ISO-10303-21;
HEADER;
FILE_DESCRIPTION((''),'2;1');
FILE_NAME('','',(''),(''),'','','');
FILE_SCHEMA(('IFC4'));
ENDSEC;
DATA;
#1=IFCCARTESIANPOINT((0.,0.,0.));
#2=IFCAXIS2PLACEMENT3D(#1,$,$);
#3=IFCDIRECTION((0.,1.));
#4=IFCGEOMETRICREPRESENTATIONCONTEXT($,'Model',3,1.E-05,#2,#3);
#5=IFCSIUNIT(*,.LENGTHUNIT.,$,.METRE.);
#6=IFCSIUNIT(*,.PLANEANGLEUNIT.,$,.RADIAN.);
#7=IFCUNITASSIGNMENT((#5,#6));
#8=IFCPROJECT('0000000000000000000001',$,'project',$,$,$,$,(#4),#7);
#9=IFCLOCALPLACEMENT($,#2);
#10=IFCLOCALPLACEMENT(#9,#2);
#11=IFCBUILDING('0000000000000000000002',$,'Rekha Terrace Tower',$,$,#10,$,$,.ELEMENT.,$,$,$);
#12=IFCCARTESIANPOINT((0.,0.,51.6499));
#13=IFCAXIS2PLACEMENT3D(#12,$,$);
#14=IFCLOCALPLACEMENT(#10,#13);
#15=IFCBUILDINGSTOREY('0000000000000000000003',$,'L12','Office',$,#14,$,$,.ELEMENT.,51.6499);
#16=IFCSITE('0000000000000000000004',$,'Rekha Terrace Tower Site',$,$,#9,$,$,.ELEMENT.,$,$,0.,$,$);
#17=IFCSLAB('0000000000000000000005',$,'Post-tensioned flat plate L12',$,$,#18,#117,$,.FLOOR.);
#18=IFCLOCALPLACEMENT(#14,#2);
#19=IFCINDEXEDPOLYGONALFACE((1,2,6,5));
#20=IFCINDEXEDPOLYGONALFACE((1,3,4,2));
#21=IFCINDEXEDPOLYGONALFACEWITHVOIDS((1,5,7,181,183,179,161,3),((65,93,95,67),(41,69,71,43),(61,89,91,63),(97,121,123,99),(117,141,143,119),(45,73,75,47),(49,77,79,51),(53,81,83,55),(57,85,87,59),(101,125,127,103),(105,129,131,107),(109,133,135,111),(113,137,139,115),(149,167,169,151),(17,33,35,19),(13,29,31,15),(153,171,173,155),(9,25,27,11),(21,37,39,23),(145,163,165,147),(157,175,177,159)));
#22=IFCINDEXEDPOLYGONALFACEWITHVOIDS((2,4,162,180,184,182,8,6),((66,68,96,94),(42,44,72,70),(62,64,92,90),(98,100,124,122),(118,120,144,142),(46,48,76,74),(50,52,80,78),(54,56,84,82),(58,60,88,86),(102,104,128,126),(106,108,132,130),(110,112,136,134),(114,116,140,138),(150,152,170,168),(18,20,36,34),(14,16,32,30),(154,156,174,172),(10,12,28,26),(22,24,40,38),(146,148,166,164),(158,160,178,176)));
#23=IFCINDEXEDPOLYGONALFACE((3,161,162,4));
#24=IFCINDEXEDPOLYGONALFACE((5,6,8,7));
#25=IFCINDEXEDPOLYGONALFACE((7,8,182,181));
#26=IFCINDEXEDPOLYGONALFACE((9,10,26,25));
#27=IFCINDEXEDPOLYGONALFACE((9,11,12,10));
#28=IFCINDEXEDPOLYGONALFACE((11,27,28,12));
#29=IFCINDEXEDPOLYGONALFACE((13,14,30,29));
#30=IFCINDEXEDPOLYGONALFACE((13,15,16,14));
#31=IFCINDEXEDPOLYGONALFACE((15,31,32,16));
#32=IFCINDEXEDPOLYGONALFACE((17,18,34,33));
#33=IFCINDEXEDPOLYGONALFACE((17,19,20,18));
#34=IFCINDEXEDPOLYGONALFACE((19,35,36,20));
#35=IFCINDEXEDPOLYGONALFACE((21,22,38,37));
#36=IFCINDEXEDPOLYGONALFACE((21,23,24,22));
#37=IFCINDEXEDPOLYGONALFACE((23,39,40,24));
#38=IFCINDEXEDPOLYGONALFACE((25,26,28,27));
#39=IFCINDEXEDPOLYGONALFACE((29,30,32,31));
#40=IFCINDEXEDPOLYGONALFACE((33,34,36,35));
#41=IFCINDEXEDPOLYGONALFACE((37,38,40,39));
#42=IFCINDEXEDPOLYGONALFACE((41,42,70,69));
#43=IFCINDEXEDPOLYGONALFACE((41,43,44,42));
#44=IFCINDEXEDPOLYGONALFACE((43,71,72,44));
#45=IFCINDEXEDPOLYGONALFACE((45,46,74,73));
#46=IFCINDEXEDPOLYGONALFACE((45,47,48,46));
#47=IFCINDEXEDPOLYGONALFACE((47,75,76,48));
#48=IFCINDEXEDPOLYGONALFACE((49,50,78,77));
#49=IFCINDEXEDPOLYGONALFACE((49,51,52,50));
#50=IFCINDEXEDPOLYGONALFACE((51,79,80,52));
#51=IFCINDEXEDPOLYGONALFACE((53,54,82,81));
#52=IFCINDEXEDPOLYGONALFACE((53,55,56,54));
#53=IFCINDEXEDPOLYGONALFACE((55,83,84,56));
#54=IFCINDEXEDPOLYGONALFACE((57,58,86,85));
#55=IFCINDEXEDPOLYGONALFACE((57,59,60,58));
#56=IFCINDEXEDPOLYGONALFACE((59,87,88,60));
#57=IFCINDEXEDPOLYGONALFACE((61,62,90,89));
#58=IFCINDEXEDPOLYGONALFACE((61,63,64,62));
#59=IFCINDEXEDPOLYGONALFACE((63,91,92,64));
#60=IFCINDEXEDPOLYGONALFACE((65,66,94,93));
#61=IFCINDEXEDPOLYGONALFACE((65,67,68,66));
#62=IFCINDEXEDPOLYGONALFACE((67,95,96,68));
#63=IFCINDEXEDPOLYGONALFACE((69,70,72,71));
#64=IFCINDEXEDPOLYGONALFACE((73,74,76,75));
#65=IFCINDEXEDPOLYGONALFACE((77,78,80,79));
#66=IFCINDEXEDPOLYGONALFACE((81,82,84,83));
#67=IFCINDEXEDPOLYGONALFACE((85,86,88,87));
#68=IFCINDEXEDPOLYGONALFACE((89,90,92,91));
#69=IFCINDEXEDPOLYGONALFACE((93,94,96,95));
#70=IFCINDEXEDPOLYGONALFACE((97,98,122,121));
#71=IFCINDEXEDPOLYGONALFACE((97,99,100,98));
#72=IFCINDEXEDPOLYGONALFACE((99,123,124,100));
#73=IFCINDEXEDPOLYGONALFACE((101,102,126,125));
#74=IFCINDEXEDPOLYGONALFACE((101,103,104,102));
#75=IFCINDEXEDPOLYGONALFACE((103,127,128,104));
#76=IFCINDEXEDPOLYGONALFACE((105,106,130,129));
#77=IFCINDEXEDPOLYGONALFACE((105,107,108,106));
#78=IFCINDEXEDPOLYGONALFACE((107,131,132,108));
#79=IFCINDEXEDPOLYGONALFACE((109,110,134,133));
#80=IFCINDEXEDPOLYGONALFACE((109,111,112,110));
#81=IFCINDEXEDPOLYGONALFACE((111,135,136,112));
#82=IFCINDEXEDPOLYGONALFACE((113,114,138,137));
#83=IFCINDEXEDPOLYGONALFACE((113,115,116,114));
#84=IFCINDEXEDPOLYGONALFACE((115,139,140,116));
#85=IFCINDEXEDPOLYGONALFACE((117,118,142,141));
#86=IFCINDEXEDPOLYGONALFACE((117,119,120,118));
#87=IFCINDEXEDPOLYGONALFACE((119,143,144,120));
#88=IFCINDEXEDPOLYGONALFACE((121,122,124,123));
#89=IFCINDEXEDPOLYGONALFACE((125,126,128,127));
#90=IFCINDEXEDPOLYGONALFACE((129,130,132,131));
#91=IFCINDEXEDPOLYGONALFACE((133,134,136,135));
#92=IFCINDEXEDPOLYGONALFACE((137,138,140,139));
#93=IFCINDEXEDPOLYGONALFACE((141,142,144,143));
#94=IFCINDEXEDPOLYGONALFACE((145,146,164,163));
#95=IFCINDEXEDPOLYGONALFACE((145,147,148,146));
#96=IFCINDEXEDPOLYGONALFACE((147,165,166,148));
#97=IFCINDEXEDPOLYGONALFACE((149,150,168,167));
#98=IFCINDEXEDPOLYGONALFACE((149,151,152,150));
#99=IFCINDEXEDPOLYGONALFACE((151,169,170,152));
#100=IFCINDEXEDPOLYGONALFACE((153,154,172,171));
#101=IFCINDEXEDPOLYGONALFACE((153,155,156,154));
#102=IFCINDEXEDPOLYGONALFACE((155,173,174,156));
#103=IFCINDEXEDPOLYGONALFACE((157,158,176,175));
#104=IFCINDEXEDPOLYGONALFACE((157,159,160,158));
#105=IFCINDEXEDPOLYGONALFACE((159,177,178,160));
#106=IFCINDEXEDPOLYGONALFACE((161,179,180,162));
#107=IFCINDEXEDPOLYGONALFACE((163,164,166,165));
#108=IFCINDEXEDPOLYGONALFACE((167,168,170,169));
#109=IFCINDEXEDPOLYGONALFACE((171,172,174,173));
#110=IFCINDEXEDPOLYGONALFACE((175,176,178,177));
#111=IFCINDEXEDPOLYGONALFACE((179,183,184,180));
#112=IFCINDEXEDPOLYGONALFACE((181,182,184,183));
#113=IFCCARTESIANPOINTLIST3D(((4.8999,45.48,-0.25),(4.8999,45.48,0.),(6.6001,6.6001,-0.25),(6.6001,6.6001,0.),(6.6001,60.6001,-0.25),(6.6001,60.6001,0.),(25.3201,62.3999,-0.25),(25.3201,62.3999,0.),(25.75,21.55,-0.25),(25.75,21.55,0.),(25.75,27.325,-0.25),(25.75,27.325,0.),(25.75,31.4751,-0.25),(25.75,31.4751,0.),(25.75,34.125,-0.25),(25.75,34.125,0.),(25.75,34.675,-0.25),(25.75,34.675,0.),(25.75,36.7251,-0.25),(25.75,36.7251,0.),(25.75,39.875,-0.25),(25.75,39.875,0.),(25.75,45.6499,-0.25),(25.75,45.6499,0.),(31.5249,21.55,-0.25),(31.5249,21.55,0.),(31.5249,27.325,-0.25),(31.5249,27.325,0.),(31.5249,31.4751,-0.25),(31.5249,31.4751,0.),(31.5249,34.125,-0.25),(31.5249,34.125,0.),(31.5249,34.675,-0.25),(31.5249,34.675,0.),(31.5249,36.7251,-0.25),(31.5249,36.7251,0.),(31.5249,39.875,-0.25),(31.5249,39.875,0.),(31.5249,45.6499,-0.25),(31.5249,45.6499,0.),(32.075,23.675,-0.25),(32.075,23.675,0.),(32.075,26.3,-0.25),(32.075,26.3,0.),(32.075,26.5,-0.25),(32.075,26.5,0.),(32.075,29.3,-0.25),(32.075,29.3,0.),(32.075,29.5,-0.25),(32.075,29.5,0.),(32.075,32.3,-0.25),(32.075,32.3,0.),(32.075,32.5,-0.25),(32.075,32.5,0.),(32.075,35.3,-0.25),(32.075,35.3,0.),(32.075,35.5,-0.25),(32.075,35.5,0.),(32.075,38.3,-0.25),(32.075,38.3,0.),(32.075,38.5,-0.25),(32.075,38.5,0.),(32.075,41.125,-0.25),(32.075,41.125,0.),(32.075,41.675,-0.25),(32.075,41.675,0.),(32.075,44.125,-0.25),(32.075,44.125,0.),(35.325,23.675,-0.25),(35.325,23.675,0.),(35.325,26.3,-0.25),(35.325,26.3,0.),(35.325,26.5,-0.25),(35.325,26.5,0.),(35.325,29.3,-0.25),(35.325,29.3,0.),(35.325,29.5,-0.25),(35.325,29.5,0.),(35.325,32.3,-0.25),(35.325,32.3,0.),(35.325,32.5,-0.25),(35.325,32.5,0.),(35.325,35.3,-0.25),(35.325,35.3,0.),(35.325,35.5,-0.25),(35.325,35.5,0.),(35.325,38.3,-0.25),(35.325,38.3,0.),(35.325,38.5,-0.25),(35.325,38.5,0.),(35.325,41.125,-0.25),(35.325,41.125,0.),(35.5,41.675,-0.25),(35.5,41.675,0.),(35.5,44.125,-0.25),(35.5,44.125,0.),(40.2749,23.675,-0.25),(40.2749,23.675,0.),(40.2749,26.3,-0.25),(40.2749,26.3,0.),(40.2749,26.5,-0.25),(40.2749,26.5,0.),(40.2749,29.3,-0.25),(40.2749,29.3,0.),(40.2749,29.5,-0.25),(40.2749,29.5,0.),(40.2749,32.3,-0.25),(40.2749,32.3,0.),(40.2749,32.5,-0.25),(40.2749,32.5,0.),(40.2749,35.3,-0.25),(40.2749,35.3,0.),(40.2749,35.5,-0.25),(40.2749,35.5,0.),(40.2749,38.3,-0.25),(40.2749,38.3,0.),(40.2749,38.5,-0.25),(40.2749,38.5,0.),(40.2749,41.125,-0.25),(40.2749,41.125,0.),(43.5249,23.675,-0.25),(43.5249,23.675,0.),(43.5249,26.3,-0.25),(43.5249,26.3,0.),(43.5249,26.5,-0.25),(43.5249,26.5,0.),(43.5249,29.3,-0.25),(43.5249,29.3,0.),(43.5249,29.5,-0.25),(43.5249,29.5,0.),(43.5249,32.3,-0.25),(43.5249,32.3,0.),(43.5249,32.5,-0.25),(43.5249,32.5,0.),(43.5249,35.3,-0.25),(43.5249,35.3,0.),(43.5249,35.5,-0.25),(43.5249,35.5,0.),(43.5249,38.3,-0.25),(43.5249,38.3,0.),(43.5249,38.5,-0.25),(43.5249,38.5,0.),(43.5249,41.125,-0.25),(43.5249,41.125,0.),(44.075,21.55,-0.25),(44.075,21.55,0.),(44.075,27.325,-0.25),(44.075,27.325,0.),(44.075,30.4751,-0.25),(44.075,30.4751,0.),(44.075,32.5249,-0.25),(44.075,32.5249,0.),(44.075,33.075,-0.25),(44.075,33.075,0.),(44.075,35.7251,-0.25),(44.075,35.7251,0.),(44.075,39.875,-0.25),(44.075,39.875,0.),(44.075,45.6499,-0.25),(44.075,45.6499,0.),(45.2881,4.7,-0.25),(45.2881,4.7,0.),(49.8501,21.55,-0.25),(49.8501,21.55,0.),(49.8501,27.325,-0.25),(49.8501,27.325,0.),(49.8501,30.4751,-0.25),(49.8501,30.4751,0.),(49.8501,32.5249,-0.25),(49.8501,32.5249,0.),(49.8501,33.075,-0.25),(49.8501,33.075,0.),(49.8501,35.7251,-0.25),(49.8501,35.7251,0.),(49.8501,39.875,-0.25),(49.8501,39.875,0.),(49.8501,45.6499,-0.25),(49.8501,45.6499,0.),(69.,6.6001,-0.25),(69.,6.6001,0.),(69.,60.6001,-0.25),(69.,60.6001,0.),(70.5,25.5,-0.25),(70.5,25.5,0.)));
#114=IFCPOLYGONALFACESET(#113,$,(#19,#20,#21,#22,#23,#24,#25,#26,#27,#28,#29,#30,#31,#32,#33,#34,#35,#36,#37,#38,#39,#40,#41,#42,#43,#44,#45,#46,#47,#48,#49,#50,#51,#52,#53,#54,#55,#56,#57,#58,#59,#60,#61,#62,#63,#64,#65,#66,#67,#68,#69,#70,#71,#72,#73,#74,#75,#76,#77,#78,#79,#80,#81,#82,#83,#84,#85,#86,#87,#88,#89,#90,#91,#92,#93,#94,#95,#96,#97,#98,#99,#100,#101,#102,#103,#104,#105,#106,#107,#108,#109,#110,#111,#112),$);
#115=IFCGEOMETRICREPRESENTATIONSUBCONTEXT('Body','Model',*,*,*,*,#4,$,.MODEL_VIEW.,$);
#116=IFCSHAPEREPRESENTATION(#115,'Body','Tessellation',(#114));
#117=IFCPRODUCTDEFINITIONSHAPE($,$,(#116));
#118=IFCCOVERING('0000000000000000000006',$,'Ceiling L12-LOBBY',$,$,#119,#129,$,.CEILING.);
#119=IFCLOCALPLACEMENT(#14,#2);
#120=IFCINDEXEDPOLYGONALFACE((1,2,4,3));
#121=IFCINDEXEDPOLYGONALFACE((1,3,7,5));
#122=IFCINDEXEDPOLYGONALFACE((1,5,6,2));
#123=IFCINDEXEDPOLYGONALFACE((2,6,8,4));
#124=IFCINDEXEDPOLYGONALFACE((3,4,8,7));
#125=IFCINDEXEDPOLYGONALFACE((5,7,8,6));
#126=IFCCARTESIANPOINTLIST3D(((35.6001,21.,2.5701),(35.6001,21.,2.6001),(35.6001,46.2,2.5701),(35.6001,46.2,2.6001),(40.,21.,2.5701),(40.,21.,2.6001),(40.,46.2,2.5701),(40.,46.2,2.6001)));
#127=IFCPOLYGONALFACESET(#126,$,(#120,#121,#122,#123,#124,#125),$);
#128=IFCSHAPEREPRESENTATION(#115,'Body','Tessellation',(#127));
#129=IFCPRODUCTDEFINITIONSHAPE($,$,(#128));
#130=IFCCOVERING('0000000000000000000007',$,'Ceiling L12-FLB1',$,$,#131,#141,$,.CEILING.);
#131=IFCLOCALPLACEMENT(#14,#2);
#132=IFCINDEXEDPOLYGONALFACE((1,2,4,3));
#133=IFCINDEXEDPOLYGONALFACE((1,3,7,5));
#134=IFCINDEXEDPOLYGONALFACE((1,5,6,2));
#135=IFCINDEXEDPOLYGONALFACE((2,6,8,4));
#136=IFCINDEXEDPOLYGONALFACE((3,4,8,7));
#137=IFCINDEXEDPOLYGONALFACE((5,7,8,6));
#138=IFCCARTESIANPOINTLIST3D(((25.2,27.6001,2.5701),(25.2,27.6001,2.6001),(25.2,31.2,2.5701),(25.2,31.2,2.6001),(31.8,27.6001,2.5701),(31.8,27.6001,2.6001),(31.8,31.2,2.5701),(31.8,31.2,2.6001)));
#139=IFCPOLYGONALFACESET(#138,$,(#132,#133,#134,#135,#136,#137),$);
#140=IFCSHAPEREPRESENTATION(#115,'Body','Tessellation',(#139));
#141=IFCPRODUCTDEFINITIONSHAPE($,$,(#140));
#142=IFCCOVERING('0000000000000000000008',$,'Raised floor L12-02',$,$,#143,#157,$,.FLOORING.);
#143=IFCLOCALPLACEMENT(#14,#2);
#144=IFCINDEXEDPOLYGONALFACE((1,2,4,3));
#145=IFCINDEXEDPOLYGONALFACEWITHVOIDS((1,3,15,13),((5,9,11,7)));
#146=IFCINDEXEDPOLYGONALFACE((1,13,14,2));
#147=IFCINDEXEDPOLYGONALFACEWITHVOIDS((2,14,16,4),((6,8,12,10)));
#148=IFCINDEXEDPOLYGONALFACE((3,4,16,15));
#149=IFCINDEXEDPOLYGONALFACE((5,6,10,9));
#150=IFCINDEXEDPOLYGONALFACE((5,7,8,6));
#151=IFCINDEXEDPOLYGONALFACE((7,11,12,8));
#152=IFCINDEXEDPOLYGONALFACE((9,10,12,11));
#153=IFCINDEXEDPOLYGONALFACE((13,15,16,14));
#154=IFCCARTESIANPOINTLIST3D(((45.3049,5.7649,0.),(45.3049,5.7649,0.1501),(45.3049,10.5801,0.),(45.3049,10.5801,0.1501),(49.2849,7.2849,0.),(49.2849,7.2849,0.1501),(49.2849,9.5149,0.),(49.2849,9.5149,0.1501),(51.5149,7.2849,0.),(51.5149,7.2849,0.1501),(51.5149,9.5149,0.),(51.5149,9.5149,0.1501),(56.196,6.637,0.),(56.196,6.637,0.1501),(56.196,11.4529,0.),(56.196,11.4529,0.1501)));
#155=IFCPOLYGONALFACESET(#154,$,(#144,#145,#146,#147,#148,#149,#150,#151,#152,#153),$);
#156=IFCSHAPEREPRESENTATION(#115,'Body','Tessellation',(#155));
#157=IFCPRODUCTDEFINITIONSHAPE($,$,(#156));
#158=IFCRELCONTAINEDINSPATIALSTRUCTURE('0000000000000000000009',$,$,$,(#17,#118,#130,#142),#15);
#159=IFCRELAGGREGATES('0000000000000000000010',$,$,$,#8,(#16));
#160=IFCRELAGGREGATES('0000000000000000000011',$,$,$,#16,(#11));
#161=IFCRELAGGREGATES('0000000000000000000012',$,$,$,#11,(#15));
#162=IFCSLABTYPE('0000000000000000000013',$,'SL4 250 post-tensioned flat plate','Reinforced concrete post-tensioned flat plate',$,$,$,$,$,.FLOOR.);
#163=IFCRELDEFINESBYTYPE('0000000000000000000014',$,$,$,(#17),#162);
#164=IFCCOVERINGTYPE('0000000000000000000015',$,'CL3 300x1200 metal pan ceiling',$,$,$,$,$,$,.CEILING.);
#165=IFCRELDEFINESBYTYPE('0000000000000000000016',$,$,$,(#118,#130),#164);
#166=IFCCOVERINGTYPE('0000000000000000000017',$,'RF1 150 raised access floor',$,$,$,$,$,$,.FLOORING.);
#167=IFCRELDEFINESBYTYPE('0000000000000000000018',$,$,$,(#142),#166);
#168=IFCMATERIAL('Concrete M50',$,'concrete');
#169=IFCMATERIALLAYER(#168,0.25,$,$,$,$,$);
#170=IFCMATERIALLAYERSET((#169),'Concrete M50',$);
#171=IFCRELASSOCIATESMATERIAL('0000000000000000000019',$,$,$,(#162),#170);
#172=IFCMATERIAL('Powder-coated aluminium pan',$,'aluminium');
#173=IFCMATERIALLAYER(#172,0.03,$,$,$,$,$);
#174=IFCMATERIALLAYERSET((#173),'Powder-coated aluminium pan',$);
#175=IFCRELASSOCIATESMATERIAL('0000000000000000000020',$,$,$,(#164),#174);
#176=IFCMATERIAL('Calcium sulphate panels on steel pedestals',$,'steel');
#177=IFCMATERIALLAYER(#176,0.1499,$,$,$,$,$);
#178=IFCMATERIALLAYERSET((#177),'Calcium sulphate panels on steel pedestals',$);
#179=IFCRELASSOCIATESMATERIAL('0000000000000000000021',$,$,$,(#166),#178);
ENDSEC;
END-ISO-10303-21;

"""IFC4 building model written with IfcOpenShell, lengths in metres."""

from ifc_helpers import new_model, si_unit, direction, frame, origin, place, context, subcontext, project, spatial, polyline, outline, extrude, material, layer, layer_set, type_object, element, save


model = new_model("IFC4")

# Units and contexts
model_context = context("Model", 3, precision=1e-05, world=origin(), true_north=direction((0.0, 1.0)))
body_context = subcontext(model_context, "Body", "Model", "MODEL_VIEW")
ifc_project = project(units=[si_unit("LENGTHUNIT", "METRE"), si_unit("PLANEANGLEUNIT", "RADIAN")], contexts=[model_context])

# Site, building, storey
site_placement = place(None, origin())
site = spatial("IfcSite", under=ifc_project, at=site_placement, Name="Rekha Terrace Tower Site", CompositionType="ELEMENT", RefElevation=0.0)
building_placement = place(site_placement, origin())
building = spatial("IfcBuilding", under=site, at=building_placement, Name="Rekha Terrace Tower", CompositionType="ELEMENT")
storey_placement = place(building_placement, frame((0.0, 0.0, 51.6499)))
storey = spatial("IfcBuildingStorey", under=building, at=storey_placement, Name="L12", Description="Office", CompositionType="ELEMENT", Elevation=51.6499)

# Slab
ifc_material_1 = material(Name="Concrete M50", Category="concrete")
ifc_layer_1 = layer(ifc_material_1, 0.25)
ifc_layer_set_1 = layer_set([ifc_layer_1], Name="Concrete M50")
slab_type_1 = type_object("IfcSlabType", Name="SL4 250 post-tensioned flat plate", Description="Reinforced concrete post-tensioned flat plate", PredefinedType="FLOOR", material=ifc_layer_set_1)
slab_1_placement = place(storey_placement, frame((0.0, 0.0, -0.25)))
element("IfcSlab", 1, at=slab_1_placement, inside=storey, type_object=slab_type_1, Name="Post-tensioned flat plate L12", PredefinedType="FLOOR", context=body_context, shape_type="SweptSolid", body=[
    extrude(outline(polyline([(4.8999, 45.48), (6.6001, 6.6001), (45.2881, 4.7), (69.0, 6.6001), (70.5, 25.5), (69.0, 60.6001), (25.3201, 62.3999), (6.6001, 60.6001), (4.8999, 45.48)]), holes=[polyline([(31.5249, 27.325), (31.5249, 21.55), (25.75, 21.55), (25.75, 27.325), (31.5249, 27.325)]), polyline([(35.325, 26.3), (35.325, 23.675), (32.075, 23.675), (32.075, 26.3), (35.325, 26.3)]), polyline([(35.325, 29.3), (35.325, 26.5), (32.075, 26.5), (32.075, 29.3), (35.325, 29.3)]), polyline([(35.325, 29.5), (32.075, 29.5), (32.075, 32.3), (35.325, 32.3), (35.325, 29.5)]), polyline([(31.5249, 31.4751), (25.75, 31.4751), (25.75, 34.125), (31.5249, 34.125), (31.5249, 31.4751)]), polyline([(35.325, 35.3), (35.325, 32.5), (32.075, 32.5), (32.075, 35.3), (35.325, 35.3)]), polyline([(31.5249, 36.7251), (31.5249, 34.675), (25.75, 34.675), (25.75, 36.7251), (31.5249, 36.7251)]), polyline([(35.325, 38.3), (35.325, 35.5), (32.075, 35.5), (32.075, 38.3), (35.325, 38.3)]), polyline([(35.325, 38.5), (32.075, 38.5), (32.075, 41.125), (35.325, 41.125), (35.325, 38.5)]), polyline([(31.5249, 39.875), (25.75, 39.875), (25.75, 45.6499), (31.5249, 45.6499), (31.5249, 39.875)]), polyline([(35.5, 44.125), (35.5, 41.675), (32.075, 41.675), (32.075, 44.125), (35.5, 44.125)]), polyline([(49.8501, 27.325), (49.8501, 21.55), (44.075, 21.55), (44.075, 27.325), (49.8501, 27.325)]), polyline([(43.5249, 26.3), (43.5249, 23.675), (40.2749, 23.675), (40.2749, 26.3), (43.5249, 26.3)]), polyline([(43.5249, 26.5), (40.2749, 26.5), (40.2749, 29.3), (43.5249, 29.3), (43.5249, 26.5)]), polyline([(43.5249, 29.5), (40.2749, 29.5), (40.2749, 32.3), (43.5249, 32.3), (43.5249, 29.5)]), polyline([(49.8501, 32.5249), (49.8501, 30.4751), (44.075, 30.4751), (44.075, 32.5249), (49.8501, 32.5249)]), polyline([(43.5249, 32.5), (40.2749, 32.5), (40.2749, 35.3), (43.5249, 35.3), (43.5249, 32.5)]), polyline([(49.8501, 33.075), (44.075, 33.075), (44.075, 35.7251), (49.8501, 35.7251), (49.8501, 33.075)]), polyline([(43.5249, 38.3), (43.5249, 35.5), (40.2749, 35.5), (40.2749, 38.3), (43.5249, 38.3)]), polyline([(43.5249, 38.5), (40.2749, 38.5), (40.2749, 41.125), (43.5249, 41.125), (43.5249, 38.5)]), polyline([(49.8501, 39.875), (44.075, 39.875), (44.075, 45.6499), (49.8501, 45.6499), (49.8501, 39.875)])]), origin(), (0.0, 0.0, 1.0), 0.25),
])

# Coverings
ifc_material_2 = material(Name="Powder-coated aluminium pan", Category="aluminium")
ifc_layer_2 = layer(ifc_material_2, 0.03)
ifc_layer_set_2 = layer_set([ifc_layer_2], Name="Powder-coated aluminium pan")
covering_type_1 = type_object("IfcCoveringType", Name="CL3 300x1200 metal pan ceiling", PredefinedType="CEILING", material=ifc_layer_set_2)
covering_1_placement = place(storey_placement, frame((0.0, 0.0, 2.5701)))
element("IfcCovering", 2, at=covering_1_placement, inside=storey, type_object=covering_type_1, Name="Ceiling L12-LOBBY", PredefinedType="CEILING", context=body_context, shape_type="SweptSolid", body=[
    extrude(outline(polyline([(40.0, 46.2), (35.6001, 46.2), (35.6001, 21.0), (40.0, 21.0), (40.0, 46.2)])), origin(), (0.0, 0.0, 1.0), 0.03),
])
covering_2_placement = place(storey_placement, frame((0.0, 0.0, 2.5701)))
element("IfcCovering", 3, at=covering_2_placement, inside=storey, type_object=covering_type_1, Name="Ceiling L12-FLB1", PredefinedType="CEILING", context=body_context, shape_type="SweptSolid", body=[
    extrude(outline(polyline([(31.8, 31.2), (25.2, 31.2), (25.2, 27.6001), (31.8, 27.6001), (31.8, 31.2)])), origin(), (0.0, 0.0, 1.0), 0.03),
])
ifc_material_3 = material(Name="Calcium sulphate panels on steel pedestals", Category="steel")
ifc_layer_3 = layer(ifc_material_3, 0.1499)
ifc_layer_set_3 = layer_set([ifc_layer_3], Name="Calcium sulphate panels on steel pedestals")
covering_type_2 = type_object("IfcCoveringType", Name="RF1 150 raised access floor", PredefinedType="FLOORING", material=ifc_layer_set_3)
covering_3_placement = place(storey_placement, origin())
element("IfcCovering", 4, at=covering_3_placement, inside=storey, type_object=covering_type_2, Name="Raised floor L12-02", PredefinedType="FLOORING", context=body_context, shape_type="SweptSolid", body=[
    extrude(outline(polyline([(56.196, 6.637), (56.196, 11.4529), (45.3049, 10.5801), (45.3049, 5.7649), (56.196, 6.637)]), holes=[polyline([(51.5149, 7.2849), (49.2849, 7.2849), (49.2849, 9.5149), (51.5149, 9.5149), (51.5149, 7.2849)])]), origin(), (0.0, 0.0, 1.0), 0.1501),
])

save(model, "model.ifc")
